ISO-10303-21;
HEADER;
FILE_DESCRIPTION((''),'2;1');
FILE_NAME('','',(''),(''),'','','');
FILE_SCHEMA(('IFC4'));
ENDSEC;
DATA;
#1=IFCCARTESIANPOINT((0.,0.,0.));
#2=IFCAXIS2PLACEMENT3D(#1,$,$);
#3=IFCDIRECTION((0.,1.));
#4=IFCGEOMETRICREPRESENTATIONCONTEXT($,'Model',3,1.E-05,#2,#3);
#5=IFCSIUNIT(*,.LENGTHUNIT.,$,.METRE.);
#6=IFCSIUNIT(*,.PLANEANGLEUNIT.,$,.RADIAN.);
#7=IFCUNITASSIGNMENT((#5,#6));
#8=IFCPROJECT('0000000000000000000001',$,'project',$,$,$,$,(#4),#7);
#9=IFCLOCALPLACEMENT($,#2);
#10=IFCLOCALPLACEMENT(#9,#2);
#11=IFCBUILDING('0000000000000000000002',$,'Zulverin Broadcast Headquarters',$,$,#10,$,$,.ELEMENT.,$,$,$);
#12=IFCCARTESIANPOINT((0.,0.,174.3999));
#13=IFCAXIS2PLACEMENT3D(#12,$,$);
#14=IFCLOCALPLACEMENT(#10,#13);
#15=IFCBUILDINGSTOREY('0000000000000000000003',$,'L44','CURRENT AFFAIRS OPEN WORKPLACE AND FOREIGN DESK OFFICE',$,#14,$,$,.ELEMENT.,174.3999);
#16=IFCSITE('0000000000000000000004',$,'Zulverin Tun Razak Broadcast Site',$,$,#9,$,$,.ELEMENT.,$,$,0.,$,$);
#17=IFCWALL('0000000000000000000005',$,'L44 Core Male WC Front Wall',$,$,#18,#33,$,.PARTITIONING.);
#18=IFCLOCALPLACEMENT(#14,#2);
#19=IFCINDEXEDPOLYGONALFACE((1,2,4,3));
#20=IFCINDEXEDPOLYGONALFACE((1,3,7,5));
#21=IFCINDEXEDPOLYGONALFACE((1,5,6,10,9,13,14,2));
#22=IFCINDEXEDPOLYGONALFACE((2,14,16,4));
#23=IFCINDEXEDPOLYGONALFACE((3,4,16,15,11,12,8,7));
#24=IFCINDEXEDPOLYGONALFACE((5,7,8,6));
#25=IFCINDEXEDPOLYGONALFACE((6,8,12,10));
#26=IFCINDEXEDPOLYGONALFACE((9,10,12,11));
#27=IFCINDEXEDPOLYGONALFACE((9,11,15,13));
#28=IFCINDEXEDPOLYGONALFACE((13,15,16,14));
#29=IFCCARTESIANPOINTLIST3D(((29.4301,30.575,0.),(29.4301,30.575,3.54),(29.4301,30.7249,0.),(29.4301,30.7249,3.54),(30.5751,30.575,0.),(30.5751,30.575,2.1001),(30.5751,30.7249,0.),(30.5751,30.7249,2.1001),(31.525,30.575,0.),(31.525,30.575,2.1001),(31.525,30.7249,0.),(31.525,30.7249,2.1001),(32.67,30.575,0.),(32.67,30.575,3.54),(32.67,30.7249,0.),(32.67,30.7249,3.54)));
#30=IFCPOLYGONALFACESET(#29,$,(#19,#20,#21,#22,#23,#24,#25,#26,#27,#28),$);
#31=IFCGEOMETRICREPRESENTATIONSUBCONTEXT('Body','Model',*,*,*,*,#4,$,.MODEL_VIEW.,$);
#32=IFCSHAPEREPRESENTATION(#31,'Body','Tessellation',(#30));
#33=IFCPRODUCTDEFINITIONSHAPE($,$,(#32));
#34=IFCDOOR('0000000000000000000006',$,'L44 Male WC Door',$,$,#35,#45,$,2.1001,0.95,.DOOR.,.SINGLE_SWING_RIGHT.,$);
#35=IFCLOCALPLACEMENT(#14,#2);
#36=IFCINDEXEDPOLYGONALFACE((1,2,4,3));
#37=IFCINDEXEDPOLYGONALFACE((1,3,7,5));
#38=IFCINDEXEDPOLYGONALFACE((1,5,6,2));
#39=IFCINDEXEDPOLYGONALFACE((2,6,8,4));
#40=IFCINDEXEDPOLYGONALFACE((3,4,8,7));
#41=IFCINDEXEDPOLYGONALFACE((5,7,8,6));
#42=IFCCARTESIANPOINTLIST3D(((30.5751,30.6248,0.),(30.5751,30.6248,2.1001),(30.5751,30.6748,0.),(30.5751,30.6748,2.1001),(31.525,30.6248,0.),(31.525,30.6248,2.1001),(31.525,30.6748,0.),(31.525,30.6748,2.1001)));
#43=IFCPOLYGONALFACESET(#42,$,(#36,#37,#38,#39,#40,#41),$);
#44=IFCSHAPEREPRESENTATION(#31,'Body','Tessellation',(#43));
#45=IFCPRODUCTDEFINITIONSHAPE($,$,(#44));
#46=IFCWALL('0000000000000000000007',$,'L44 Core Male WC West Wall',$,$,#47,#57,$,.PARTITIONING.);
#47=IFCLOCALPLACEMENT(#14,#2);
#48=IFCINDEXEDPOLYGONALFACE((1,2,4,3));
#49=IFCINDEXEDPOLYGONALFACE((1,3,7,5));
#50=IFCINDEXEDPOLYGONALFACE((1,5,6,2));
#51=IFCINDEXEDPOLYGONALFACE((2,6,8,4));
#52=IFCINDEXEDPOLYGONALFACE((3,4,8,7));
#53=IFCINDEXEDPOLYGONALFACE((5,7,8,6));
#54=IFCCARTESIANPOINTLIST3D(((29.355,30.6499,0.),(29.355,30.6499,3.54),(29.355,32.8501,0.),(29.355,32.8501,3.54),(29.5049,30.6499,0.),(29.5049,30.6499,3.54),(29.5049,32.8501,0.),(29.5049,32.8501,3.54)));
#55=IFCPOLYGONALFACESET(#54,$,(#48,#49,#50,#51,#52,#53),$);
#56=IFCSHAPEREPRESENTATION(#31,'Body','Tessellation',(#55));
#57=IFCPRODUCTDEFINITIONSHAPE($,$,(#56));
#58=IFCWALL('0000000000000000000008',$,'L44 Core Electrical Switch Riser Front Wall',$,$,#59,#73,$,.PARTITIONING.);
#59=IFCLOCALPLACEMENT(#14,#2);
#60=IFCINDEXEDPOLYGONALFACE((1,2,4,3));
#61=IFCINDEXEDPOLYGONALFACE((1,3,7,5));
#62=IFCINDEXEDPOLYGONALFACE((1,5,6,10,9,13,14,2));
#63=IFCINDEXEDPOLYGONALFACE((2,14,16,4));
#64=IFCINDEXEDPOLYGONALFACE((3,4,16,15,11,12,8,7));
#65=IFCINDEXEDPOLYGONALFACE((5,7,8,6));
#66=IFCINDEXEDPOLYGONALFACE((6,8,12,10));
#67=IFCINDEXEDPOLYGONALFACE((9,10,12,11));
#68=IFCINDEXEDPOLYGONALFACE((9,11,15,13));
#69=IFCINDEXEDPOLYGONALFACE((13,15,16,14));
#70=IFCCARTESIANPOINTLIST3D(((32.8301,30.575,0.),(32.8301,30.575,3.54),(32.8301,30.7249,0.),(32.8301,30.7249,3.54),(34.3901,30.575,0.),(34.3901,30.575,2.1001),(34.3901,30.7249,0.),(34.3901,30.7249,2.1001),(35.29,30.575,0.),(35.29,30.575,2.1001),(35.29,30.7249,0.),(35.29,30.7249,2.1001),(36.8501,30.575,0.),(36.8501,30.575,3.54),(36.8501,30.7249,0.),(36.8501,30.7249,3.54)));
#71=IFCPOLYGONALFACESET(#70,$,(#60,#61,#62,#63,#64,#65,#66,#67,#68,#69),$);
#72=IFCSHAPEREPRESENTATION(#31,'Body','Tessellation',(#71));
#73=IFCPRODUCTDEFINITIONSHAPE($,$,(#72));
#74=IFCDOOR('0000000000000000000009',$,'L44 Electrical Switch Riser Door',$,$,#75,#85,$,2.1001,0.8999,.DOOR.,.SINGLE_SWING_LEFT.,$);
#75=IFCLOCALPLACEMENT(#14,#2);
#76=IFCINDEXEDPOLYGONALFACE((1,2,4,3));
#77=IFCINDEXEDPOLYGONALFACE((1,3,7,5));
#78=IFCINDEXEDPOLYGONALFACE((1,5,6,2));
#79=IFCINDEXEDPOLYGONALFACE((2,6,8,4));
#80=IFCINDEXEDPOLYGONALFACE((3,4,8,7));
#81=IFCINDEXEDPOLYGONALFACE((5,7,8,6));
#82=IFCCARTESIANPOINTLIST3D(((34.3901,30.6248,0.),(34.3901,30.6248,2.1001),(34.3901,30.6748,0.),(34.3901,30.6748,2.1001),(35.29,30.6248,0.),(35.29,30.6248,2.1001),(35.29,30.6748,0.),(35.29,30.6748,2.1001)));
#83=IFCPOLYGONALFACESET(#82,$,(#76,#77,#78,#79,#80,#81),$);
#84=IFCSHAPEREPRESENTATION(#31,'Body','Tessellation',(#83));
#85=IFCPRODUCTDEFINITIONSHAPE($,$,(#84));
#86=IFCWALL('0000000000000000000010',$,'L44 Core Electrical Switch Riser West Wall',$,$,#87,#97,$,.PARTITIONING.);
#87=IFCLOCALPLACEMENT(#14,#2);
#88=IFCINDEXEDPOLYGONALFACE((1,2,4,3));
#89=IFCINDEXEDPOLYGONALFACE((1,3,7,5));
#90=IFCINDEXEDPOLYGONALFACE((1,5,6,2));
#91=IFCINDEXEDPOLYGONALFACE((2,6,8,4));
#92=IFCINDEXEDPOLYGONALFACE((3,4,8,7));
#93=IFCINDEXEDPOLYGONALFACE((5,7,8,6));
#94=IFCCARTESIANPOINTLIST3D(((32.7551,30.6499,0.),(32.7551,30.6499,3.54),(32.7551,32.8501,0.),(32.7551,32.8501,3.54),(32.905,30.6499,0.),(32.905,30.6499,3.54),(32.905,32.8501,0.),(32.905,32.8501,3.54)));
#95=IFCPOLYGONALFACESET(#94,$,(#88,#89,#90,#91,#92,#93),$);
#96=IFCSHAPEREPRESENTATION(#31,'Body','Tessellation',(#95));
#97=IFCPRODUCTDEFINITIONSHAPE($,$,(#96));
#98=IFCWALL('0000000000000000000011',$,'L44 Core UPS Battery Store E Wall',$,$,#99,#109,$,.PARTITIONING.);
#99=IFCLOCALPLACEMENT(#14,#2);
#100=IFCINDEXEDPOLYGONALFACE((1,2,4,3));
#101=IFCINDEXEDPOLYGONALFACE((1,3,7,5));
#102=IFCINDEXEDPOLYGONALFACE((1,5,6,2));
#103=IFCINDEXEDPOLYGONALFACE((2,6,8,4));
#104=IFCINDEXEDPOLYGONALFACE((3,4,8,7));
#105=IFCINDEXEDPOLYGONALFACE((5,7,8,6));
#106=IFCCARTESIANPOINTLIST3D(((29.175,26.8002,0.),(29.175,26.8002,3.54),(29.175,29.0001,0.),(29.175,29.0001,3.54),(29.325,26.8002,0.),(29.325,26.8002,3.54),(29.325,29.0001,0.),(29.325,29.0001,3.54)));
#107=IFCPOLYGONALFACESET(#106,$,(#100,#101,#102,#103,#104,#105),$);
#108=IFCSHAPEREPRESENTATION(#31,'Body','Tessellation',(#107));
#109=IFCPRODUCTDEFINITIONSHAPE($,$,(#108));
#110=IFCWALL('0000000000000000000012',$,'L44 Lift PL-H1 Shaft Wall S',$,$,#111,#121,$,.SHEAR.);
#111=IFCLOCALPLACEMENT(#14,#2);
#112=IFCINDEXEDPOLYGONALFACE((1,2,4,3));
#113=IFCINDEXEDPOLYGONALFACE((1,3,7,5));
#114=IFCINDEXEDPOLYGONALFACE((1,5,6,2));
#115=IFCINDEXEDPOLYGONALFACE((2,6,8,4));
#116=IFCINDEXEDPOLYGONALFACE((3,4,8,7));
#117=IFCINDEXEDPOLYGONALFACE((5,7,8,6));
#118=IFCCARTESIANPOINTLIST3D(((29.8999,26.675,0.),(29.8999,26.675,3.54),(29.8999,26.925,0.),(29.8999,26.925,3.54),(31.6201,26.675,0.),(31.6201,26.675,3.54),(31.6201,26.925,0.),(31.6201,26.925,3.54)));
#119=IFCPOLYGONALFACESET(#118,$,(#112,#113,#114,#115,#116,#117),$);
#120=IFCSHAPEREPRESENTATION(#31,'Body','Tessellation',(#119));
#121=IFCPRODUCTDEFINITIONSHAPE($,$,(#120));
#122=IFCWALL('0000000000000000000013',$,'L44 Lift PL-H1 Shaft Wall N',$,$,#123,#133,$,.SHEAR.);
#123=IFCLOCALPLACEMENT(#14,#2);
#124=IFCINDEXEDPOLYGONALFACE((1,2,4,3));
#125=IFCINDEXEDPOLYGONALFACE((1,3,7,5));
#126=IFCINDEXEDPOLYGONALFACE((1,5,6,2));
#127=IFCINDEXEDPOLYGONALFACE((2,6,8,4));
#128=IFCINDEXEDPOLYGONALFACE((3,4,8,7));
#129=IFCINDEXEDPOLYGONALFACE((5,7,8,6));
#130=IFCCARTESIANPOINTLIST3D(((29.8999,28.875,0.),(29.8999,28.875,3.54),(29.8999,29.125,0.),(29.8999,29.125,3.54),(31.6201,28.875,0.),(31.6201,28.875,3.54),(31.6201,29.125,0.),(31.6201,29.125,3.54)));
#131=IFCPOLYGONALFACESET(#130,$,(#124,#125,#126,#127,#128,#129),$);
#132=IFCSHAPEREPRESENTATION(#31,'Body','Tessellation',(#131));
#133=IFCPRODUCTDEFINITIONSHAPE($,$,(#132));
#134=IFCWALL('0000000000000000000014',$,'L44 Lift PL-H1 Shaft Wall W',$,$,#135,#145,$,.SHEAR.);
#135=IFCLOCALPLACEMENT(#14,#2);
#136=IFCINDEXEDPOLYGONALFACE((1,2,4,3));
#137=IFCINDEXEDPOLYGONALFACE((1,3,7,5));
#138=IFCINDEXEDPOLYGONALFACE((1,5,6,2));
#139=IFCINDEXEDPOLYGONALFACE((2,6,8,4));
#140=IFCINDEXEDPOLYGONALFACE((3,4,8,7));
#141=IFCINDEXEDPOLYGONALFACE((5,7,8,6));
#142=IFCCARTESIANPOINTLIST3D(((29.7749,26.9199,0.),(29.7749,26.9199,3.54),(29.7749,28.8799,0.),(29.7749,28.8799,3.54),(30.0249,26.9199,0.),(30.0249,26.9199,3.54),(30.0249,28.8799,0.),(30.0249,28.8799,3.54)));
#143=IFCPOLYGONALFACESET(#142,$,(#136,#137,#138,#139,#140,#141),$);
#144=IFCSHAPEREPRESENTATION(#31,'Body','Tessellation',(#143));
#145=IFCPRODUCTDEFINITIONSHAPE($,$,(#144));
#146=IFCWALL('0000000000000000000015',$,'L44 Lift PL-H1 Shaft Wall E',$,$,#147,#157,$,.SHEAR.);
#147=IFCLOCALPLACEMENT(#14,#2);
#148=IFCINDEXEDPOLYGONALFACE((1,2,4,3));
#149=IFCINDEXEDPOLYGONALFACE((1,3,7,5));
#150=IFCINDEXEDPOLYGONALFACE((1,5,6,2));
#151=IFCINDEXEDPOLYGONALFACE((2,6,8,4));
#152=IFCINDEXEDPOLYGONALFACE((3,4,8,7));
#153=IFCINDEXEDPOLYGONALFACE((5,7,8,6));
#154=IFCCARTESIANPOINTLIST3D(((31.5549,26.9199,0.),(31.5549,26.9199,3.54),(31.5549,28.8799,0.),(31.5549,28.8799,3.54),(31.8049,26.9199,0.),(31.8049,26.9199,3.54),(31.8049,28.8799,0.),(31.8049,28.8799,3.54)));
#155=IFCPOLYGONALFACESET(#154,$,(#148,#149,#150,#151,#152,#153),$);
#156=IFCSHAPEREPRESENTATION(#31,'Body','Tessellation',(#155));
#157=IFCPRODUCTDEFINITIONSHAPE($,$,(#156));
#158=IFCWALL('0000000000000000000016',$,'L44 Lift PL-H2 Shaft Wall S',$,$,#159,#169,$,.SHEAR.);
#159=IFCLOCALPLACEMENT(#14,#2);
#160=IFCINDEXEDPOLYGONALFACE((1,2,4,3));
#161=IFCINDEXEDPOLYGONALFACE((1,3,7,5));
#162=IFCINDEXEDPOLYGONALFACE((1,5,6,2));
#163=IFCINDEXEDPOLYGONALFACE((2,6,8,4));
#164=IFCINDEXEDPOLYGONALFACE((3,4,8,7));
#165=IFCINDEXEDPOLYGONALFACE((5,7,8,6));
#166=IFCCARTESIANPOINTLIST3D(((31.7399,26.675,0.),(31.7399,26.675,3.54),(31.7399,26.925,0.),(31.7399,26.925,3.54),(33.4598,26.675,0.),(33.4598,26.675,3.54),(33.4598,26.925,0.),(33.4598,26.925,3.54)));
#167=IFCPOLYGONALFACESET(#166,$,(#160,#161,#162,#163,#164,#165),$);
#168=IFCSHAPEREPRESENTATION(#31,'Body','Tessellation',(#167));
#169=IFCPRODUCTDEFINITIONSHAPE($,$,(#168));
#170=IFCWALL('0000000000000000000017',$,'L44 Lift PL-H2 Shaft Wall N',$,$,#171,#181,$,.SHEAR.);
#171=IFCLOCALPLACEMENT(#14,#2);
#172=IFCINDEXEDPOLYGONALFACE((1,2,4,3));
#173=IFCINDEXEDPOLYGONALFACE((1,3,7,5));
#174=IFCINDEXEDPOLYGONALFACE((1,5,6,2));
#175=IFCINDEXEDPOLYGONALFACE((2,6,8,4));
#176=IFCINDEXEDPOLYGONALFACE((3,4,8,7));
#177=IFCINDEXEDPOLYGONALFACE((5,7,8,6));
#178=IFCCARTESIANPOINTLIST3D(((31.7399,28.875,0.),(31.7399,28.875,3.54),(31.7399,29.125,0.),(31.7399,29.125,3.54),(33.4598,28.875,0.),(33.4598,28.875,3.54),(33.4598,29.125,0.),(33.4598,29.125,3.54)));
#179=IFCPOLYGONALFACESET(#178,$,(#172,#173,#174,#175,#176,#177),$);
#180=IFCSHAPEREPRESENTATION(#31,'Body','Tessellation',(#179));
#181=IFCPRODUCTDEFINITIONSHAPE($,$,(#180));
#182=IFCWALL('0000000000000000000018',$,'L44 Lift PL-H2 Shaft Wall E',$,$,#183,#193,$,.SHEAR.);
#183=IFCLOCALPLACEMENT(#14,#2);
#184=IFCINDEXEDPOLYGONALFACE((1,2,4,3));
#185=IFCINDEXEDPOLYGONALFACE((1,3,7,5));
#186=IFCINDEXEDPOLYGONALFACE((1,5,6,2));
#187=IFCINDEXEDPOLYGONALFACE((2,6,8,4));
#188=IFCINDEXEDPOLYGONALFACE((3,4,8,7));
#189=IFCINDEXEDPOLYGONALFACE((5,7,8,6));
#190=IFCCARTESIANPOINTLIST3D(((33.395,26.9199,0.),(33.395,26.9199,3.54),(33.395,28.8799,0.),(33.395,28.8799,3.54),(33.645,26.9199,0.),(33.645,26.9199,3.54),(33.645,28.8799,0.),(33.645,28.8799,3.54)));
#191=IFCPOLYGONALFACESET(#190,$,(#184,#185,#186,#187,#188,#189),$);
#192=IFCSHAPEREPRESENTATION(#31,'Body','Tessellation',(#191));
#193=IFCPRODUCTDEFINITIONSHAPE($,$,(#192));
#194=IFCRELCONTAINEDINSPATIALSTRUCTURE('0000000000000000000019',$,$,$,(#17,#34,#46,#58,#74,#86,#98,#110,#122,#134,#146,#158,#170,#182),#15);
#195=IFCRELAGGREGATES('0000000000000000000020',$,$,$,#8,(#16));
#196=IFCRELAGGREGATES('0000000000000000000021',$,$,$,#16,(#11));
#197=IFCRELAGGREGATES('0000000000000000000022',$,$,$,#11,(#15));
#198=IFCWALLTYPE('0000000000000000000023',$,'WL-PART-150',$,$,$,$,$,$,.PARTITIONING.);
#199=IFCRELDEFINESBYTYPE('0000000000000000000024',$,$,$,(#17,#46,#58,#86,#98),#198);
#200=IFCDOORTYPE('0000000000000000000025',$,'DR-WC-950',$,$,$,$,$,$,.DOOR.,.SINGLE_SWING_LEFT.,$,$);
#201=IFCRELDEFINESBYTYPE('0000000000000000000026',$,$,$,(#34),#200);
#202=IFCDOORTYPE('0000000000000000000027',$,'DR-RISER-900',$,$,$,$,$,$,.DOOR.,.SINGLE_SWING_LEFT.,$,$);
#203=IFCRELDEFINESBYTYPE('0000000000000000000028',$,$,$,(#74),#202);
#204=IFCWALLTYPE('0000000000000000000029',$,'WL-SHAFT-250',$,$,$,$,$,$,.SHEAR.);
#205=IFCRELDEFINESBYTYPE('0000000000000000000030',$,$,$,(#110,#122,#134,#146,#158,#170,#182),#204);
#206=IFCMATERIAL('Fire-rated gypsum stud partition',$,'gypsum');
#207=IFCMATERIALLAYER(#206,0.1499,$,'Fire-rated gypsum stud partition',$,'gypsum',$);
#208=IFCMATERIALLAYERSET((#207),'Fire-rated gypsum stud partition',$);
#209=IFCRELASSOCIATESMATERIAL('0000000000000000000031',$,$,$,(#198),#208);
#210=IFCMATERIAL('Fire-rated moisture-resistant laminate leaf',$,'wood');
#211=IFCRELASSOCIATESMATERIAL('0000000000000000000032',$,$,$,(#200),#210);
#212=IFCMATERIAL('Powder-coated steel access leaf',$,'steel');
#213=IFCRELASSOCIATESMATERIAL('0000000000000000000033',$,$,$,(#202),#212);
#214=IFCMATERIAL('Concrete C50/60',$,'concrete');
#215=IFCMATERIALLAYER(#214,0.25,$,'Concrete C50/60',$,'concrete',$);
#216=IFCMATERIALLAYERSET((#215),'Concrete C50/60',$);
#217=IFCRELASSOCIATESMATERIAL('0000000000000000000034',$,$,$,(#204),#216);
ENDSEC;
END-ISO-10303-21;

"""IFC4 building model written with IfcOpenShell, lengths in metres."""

from ifc_helpers import new_model, si_unit, direction, frame, frame_2d, origin, place, context, subcontext, project, spatial, rectangle, extrude, material, layer, layer_set, type_object, element, fill, save


model = new_model("IFC4")

# Units and contexts
model_context = context("Model", 3, precision=1e-05, world=origin(), true_north=direction((0.0, 1.0)))
body_context = subcontext(model_context, "Body", "Model", "MODEL_VIEW")
ifc_project = project(units=[si_unit("LENGTHUNIT", "METRE"), si_unit("PLANEANGLEUNIT", "RADIAN")], contexts=[model_context])

# Site, building, storey
site_placement = place(None, origin())
site = spatial("IfcSite", under=ifc_project, at=site_placement, Name="Zulverin Tun Razak Broadcast Site", CompositionType="ELEMENT", RefElevation=0.0)
building_placement = place(site_placement, origin())
building = spatial("IfcBuilding", under=site, at=building_placement, Name="Zulverin Broadcast Headquarters", CompositionType="ELEMENT")
storey_placement = place(building_placement, frame((0.0, 0.0, 174.3999)))
storey = spatial("IfcBuildingStorey", under=building, at=storey_placement, Name="L44", Description="CURRENT AFFAIRS OPEN WORKPLACE AND FOREIGN DESK OFFICE", CompositionType="ELEMENT", Elevation=174.3999)

# Wall, opening, door
ifc_material_1 = material(Name="Fire-rated gypsum stud partition", Category="gypsum")
ifc_layer_1 = layer(ifc_material_1, 0.1499, Name="Fire-rated gypsum stud partition", Category="gypsum")
ifc_layer_set_1 = layer_set([ifc_layer_1], Name="Fire-rated gypsum stud partition")
wall_type_1 = type_object("IfcWallType", Name="WL-PART-150", PredefinedType="PARTITIONING", material=ifc_layer_set_1)
wall_1_placement = place(storey_placement, frame((29.4299, 30.6499, 0.0), z_axis=(0.0, 0.0, 1.0), x_axis=(1.0, 0.0, 0.0)))
wall_1 = element("IfcWall", 1, at=wall_1_placement, inside=storey, type_object=wall_type_1, Name="L44 Core Male WC Front Wall", PredefinedType="PARTITIONING", context=body_context, shape_type="SweptSolid", body=[
    extrude(rectangle(XDim=3.24, YDim=0.1499, at=frame_2d((1.6201, 0.0))), origin(), (0.0, 0.0, 1.0), 3.54),
])
opening_1_placement = place(wall_1_placement, frame((1.145, 0.0, 0.0)))
opening_1 = element("IfcOpeningElement", 2, at=opening_1_placement, cuts=wall_1, PredefinedType="OPENING", context=body_context, shape_type="SweptSolid", body=[
    extrude(rectangle(XDim=0.95, YDim=2.1001, at=frame_2d((0.4751, 1.05))), frame((0.0, 0.085, 0.0), z_axis=(0.0, -1.0, 0.0), x_axis=(1.0, 0.0, 0.0)), (0.0, 0.0, 1.0), 0.1699),
])
ifc_material_2 = material(Name="Fire-rated moisture-resistant laminate leaf", Category="wood")
door_type_1 = type_object("IfcDoorType", Name="DR-WC-950", OperationType="SINGLE_SWING_LEFT", PredefinedType="DOOR", material=ifc_material_2)
door_1_placement = place(opening_1_placement, origin())
door_1 = element("IfcDoor", 3, at=door_1_placement, inside=storey, type_object=door_type_1, Name="L44 Male WC Door", OperationType="SINGLE_SWING_RIGHT", OverallHeight=2.1001, OverallWidth=0.95, PredefinedType="DOOR", context=body_context, shape_type="SweptSolid", body=[
    extrude(rectangle(XDim=0.95, YDim=2.1001, at=frame_2d((0.4751, 1.05))), frame((0.0, 0.0249, 0.0), z_axis=(0.0, -1.0, 0.0), x_axis=(1.0, 0.0, 0.0)), (0.0, 0.0, 1.0), 0.05),
])
fill(opening_1, door_1)

# Wall
wall_2_placement = place(storey_placement, frame((29.4299, 30.6499, 0.0), z_axis=(0.0, 0.0, 1.0), x_axis=(0.0, 1.0, 0.0)))
element("IfcWall", 4, at=wall_2_placement, inside=storey, type_object=wall_type_1, Name="L44 Core Male WC West Wall", PredefinedType="PARTITIONING", context=body_context, shape_type="SweptSolid", body=[
    extrude(rectangle(XDim=2.2002, YDim=0.1499, at=frame_2d((1.1001, 0.0))), origin(), (0.0, 0.0, 1.0), 3.54),
])

# Wall, opening, door
wall_3_placement = place(storey_placement, frame((32.8301, 30.6499, 0.0), z_axis=(0.0, 0.0, 1.0), x_axis=(1.0, 0.0, 0.0)))
wall_3 = element("IfcWall", 5, at=wall_3_placement, inside=storey, type_object=wall_type_1, Name="L44 Core Electrical Switch Riser Front Wall", PredefinedType="PARTITIONING", context=body_context, shape_type="SweptSolid", body=[
    extrude(rectangle(XDim=4.02, YDim=0.1499, at=frame_2d((2.01, 0.0))), origin(), (0.0, 0.0, 1.0), 3.54),
])
opening_2_placement = place(wall_3_placement, frame((1.5601, 0.0, 0.0)))
opening_2 = element("IfcOpeningElement", 6, at=opening_2_placement, cuts=wall_3, PredefinedType="OPENING", context=body_context, shape_type="SweptSolid", body=[
    extrude(rectangle(XDim=0.8999, YDim=2.1001, at=frame_2d((0.45, 1.05))), frame((0.0, 0.085, 0.0), z_axis=(0.0, -1.0, 0.0), x_axis=(1.0, 0.0, 0.0)), (0.0, 0.0, 1.0), 0.1699),
])
ifc_material_3 = material(Name="Powder-coated steel access leaf", Category="steel")
door_type_2 = type_object("IfcDoorType", Name="DR-RISER-900", OperationType="SINGLE_SWING_LEFT", PredefinedType="DOOR", material=ifc_material_3)
door_2_placement = place(opening_2_placement, origin())
door_2 = element("IfcDoor", 7, at=door_2_placement, inside=storey, type_object=door_type_2, Name="L44 Electrical Switch Riser Door", OperationType="SINGLE_SWING_LEFT", OverallHeight=2.1001, OverallWidth=0.8999, PredefinedType="DOOR", context=body_context, shape_type="SweptSolid", body=[
    extrude(rectangle(XDim=0.8999, YDim=2.1001, at=frame_2d((0.45, 1.05))), frame((0.0, 0.0249, 0.0), z_axis=(0.0, -1.0, 0.0), x_axis=(1.0, 0.0, 0.0)), (0.0, 0.0, 1.0), 0.05),
])
fill(opening_2, door_2)

# Walls
wall_4_placement = place(storey_placement, frame((32.8301, 30.6499, 0.0), z_axis=(0.0, 0.0, 1.0), x_axis=(0.0, 1.0, 0.0)))
element("IfcWall", 8, at=wall_4_placement, inside=storey, type_object=wall_type_1, Name="L44 Core Electrical Switch Riser West Wall", PredefinedType="PARTITIONING", context=body_context, shape_type="SweptSolid", body=[
    extrude(rectangle(XDim=2.2002, YDim=0.1499, at=frame_2d((1.1001, 0.0))), origin(), (0.0, 0.0, 1.0), 3.54),
])
wall_5_placement = place(storey_placement, frame((29.25, 26.8, 0.0), z_axis=(0.0, 0.0, 1.0), x_axis=(0.0, 1.0, 0.0)))
element("IfcWall", 9, at=wall_5_placement, inside=storey, type_object=wall_type_1, Name="L44 Core UPS Battery Store E Wall", PredefinedType="PARTITIONING", context=body_context, shape_type="SweptSolid", body=[
    extrude(rectangle(XDim=2.2, YDim=0.1499, at=frame_2d((1.1001, 0.0))), origin(), (0.0, 0.0, 1.0), 3.54),
])
ifc_material_4 = material(Name="Concrete C50/60", Category="concrete")
ifc_layer_2 = layer(ifc_material_4, 0.25, Name="Concrete C50/60", Category="concrete")
ifc_layer_set_2 = layer_set([ifc_layer_2], Name="Concrete C50/60")
wall_type_2 = type_object("IfcWallType", Name="WL-SHAFT-250", PredefinedType="SHEAR", material=ifc_layer_set_2)
for number, where, z_axis, x_axis, name in (
    (10, (29.8999, 26.8, 0.0), (0.0, 0.0, 1.0), (1.0, 0.0, 0.0), "L44 Lift PL-H1 Shaft Wall S"),
    (11, (29.8999, 29.0, 0.0), (0.0, 0.0, 1.0), (1.0, 0.0, 0.0), "L44 Lift PL-H1 Shaft Wall N"),
):
    element("IfcWall", number, at=place(storey_placement, frame(where, z_axis=z_axis, x_axis=x_axis)), inside=storey, type_object=wall_type_2, Name=name, PredefinedType="SHEAR", context=body_context, shape_type="SweptSolid", body=[
        extrude(rectangle(XDim=1.7202, YDim=0.25, at=frame_2d((0.8601, 0.0))), origin(), (0.0, 0.0, 1.0), 3.54),
    ])
for number, where, z_axis, x_axis, name in (
    (12, (29.8999, 26.9199, 0.0), (0.0, 0.0, 1.0), (0.0, 1.0, 0.0), "L44 Lift PL-H1 Shaft Wall W"),
    (13, (31.6799, 26.9199, 0.0), (0.0, 0.0, 1.0), (0.0, 1.0, 0.0), "L44 Lift PL-H1 Shaft Wall E"),
):
    element("IfcWall", number, at=place(storey_placement, frame(where, z_axis=z_axis, x_axis=x_axis)), inside=storey, type_object=wall_type_2, Name=name, PredefinedType="SHEAR", context=body_context, shape_type="SweptSolid", body=[
        extrude(rectangle(XDim=1.96, YDim=0.25, at=frame_2d((0.98, 0.0))), origin(), (0.0, 0.0, 1.0), 3.54),
    ])
for number, where, z_axis, x_axis, name in (
    (14, (31.74, 26.8, 0.0), (0.0, 0.0, 1.0), (1.0, 0.0, 0.0), "L44 Lift PL-H2 Shaft Wall S"),
    (15, (31.74, 29.0, 0.0), (0.0, 0.0, 1.0), (1.0, 0.0, 0.0), "L44 Lift PL-H2 Shaft Wall N"),
):
    element("IfcWall", number, at=place(storey_placement, frame(where, z_axis=z_axis, x_axis=x_axis)), inside=storey, type_object=wall_type_2, Name=name, PredefinedType="SHEAR", context=body_context, shape_type="SweptSolid", body=[
        extrude(rectangle(XDim=1.72, YDim=0.25, at=frame_2d((0.8599, 0.0))), origin(), (0.0, 0.0, 1.0), 3.54),
    ])
wall_6_placement = place(storey_placement, frame((33.52, 26.9199, 0.0), z_axis=(0.0, 0.0, 1.0), x_axis=(0.0, 1.0, 0.0)))
element("IfcWall", 16, at=wall_6_placement, inside=storey, type_object=wall_type_2, Name="L44 Lift PL-H2 Shaft Wall E", PredefinedType="SHEAR", context=body_context, shape_type="SweptSolid", body=[
    extrude(rectangle(XDim=1.96, YDim=0.25, at=frame_2d((0.98, 0.0))), origin(), (0.0, 0.0, 1.0), 3.54),
])

save(model, "model.ifc")
